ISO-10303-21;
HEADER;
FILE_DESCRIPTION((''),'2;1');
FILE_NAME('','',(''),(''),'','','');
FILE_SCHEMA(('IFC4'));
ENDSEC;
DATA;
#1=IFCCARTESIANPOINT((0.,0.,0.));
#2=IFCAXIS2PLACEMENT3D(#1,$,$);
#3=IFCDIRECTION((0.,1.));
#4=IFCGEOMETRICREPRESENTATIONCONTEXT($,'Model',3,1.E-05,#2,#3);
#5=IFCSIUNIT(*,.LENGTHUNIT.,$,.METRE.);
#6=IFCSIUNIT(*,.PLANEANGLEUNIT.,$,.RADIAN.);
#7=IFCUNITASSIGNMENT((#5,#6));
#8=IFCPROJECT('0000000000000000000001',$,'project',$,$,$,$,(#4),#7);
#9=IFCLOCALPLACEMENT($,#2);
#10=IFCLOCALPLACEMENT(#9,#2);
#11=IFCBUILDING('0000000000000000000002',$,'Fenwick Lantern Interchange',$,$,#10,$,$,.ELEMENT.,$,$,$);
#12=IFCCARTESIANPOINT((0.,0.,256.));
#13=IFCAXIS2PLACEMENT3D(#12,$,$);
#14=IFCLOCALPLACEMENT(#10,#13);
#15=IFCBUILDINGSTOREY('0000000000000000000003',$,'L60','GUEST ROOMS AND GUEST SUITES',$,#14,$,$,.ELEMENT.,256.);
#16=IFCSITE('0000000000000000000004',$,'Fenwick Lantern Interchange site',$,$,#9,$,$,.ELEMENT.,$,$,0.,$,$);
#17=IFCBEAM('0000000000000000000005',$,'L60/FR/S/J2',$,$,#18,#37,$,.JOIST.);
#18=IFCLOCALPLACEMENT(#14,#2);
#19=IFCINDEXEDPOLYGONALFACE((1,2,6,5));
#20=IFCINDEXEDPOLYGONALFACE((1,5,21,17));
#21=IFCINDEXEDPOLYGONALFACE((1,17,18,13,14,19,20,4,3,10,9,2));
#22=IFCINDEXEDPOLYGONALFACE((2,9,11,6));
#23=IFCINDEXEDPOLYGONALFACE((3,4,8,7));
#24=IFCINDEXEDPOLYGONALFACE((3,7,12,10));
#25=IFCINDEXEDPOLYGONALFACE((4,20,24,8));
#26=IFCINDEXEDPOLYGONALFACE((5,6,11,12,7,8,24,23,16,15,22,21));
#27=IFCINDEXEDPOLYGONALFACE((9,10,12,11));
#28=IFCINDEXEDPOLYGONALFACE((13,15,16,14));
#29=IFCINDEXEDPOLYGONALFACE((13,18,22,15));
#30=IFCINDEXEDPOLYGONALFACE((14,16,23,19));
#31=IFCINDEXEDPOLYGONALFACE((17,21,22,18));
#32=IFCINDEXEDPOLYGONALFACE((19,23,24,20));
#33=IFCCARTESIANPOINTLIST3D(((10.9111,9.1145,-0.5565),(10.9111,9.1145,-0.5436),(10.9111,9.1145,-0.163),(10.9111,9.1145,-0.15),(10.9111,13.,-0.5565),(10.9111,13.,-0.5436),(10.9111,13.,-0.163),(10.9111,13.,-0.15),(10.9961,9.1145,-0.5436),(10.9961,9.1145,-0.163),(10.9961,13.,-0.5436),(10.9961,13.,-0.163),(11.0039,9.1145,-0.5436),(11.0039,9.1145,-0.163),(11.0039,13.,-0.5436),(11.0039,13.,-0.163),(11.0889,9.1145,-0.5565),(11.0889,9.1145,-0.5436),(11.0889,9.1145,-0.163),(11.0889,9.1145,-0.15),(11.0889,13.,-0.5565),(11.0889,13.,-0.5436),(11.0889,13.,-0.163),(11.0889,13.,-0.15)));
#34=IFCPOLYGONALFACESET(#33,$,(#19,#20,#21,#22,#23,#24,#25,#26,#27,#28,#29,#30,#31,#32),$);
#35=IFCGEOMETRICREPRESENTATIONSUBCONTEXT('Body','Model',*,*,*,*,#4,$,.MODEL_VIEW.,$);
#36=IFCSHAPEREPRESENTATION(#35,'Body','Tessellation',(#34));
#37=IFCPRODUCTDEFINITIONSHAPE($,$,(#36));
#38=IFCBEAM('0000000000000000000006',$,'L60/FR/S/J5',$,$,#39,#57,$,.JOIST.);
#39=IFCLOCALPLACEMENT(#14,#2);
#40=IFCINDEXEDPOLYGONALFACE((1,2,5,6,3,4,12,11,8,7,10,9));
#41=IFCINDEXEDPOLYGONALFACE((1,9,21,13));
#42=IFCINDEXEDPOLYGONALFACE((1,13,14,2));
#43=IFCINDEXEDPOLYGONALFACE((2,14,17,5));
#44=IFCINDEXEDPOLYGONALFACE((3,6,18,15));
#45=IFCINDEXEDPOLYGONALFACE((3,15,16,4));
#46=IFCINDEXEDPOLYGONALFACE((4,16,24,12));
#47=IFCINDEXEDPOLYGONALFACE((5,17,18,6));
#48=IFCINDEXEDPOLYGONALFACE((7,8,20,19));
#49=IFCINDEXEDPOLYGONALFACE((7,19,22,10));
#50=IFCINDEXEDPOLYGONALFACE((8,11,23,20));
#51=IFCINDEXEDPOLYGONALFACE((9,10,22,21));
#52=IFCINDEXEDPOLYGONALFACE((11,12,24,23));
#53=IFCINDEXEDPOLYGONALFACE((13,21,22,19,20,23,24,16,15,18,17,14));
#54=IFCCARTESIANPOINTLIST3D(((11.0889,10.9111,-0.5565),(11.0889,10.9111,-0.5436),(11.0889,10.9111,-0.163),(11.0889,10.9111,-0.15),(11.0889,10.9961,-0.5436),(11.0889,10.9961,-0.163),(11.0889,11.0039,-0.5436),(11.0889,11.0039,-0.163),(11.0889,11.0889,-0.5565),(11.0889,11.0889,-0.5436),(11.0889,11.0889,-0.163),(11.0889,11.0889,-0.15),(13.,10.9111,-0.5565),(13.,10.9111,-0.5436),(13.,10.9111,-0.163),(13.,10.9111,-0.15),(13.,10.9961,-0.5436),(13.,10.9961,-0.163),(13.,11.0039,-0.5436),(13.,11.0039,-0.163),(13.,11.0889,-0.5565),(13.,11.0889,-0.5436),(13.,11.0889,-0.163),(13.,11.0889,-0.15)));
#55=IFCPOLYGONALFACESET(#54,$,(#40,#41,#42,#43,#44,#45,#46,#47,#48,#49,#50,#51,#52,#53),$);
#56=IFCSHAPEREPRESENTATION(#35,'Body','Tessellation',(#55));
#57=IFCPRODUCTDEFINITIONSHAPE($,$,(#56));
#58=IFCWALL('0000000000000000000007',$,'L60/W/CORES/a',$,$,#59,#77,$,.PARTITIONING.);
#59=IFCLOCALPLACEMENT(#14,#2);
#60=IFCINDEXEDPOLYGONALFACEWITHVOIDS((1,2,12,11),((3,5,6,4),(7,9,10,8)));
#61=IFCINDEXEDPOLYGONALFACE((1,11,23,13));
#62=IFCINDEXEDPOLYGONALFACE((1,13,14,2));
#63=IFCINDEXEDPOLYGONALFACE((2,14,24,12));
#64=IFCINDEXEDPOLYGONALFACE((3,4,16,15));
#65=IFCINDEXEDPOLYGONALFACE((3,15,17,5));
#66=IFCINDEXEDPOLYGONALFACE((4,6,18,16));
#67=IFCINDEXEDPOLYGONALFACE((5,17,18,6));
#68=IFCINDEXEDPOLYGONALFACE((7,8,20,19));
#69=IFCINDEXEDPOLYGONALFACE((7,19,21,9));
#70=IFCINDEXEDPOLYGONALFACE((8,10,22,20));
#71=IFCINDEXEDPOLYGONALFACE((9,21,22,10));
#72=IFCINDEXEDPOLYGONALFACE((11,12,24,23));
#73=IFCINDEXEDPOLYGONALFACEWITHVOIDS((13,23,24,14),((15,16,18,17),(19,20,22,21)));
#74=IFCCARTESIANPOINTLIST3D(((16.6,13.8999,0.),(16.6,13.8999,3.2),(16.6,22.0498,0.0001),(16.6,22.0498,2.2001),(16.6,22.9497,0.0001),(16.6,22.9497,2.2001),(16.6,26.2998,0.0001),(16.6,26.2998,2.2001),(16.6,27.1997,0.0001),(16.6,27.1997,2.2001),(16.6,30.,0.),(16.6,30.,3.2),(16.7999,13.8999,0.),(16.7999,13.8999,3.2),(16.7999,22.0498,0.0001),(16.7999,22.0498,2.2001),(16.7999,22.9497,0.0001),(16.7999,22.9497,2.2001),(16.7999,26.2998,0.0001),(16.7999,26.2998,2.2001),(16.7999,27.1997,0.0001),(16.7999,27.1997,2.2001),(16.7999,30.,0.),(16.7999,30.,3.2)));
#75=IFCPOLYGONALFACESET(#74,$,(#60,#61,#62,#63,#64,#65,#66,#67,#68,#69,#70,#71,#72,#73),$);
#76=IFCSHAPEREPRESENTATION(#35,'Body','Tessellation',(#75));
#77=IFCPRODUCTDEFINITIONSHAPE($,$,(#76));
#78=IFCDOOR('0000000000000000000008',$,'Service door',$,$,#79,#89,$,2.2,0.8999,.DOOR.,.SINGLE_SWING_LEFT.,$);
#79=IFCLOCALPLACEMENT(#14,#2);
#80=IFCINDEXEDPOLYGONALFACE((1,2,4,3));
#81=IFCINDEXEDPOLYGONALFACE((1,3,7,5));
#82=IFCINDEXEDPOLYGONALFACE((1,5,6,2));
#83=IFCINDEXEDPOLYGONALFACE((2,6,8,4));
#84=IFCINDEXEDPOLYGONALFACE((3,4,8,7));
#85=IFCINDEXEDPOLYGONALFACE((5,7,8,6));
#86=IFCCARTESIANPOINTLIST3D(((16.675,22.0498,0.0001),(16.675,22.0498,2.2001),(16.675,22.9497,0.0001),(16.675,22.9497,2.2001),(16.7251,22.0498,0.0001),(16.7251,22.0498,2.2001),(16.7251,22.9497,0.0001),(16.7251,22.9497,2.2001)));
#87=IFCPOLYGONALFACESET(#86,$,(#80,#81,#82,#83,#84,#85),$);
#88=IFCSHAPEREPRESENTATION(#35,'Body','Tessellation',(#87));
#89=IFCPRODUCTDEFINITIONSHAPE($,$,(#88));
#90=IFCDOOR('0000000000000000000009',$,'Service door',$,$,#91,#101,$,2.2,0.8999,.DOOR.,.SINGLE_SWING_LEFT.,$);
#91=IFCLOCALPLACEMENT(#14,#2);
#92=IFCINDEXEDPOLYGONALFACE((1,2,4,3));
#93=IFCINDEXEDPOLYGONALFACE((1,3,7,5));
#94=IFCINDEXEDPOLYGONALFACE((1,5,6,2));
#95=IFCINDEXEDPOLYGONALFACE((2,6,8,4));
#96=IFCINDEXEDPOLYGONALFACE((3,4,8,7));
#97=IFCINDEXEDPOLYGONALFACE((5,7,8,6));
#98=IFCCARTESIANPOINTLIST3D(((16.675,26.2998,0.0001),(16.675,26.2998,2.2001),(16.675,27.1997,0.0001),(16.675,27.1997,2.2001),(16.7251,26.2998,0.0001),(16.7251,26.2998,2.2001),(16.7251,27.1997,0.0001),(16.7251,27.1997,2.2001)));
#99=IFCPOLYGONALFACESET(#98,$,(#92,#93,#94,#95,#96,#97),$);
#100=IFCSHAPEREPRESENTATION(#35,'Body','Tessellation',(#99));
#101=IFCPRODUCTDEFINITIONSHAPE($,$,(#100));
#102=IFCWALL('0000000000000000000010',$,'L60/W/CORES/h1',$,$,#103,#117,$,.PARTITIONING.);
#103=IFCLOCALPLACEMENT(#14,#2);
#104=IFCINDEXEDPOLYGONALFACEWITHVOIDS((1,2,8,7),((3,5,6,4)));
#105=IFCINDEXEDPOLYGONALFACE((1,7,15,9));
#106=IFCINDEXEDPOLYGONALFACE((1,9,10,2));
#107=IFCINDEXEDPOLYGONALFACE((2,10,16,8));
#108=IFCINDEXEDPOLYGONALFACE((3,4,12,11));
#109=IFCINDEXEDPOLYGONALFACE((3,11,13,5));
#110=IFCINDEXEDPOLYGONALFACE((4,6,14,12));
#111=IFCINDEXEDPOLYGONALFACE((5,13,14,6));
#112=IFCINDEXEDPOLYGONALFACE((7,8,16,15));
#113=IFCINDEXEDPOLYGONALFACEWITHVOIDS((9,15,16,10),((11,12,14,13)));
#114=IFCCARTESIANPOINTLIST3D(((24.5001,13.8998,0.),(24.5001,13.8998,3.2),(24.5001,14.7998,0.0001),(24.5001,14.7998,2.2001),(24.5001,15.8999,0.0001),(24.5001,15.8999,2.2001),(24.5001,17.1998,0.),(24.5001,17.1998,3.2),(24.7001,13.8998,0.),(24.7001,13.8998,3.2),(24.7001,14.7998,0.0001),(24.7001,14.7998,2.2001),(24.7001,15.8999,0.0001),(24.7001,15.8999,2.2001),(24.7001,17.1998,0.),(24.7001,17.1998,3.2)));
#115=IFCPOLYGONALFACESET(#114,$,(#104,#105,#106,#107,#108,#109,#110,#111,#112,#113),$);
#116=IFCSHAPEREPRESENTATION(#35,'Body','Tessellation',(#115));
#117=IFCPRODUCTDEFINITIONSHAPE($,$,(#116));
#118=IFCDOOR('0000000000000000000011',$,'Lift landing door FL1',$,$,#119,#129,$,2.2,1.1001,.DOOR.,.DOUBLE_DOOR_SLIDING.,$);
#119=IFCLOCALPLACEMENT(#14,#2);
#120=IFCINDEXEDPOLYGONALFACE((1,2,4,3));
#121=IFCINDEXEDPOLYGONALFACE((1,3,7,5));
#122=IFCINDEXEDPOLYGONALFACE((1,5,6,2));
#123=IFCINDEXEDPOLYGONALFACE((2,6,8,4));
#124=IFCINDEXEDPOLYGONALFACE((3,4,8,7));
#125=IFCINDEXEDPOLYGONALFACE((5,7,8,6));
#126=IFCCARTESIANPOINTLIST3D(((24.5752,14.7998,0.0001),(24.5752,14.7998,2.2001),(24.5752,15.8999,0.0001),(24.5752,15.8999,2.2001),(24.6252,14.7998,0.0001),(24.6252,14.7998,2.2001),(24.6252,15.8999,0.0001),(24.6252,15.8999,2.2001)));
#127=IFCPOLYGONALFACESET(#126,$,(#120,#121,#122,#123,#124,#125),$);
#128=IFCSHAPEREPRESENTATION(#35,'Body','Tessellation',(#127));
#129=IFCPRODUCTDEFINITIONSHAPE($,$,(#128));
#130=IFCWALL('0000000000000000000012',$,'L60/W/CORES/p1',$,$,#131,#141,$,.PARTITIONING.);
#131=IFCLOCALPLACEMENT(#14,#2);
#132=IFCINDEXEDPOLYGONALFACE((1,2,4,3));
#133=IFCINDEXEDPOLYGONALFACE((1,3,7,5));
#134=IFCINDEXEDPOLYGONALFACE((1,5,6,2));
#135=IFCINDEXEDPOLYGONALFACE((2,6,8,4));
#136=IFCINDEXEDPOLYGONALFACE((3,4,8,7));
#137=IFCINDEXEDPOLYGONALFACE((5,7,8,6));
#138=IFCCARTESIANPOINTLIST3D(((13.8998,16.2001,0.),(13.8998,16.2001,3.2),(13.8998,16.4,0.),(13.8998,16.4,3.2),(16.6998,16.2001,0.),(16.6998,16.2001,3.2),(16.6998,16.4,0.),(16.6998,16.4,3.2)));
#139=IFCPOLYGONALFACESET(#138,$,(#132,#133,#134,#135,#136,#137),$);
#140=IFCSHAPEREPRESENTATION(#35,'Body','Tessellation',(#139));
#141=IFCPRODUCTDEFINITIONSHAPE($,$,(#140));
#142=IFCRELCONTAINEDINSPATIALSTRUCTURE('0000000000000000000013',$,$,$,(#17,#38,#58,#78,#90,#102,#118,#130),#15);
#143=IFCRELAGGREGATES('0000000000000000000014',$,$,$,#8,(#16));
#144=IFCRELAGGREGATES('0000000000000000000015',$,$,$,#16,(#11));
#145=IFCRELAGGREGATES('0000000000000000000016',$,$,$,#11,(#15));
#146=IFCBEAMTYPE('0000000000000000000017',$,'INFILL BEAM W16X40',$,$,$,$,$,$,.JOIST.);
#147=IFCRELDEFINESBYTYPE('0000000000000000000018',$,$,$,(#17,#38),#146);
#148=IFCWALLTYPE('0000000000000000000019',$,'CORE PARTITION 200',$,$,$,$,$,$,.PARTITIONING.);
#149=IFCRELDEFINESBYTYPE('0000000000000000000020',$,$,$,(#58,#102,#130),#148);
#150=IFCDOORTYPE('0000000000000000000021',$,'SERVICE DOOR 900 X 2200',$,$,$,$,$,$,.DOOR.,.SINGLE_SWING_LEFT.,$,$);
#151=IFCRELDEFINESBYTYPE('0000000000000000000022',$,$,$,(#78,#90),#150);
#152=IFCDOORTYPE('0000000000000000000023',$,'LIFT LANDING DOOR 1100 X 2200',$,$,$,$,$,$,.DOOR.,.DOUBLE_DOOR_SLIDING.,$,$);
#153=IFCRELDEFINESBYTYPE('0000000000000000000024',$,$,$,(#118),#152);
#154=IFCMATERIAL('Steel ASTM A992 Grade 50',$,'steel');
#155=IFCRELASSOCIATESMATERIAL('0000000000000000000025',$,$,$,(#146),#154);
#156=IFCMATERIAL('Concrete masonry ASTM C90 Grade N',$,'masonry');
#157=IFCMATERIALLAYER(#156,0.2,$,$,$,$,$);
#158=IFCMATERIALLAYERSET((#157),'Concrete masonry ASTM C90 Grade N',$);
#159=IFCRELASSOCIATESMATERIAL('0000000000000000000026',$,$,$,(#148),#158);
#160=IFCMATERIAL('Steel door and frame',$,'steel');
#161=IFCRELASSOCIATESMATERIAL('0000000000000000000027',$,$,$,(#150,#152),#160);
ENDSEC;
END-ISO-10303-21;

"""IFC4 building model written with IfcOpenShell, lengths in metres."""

from ifc_helpers import new_model, si_unit, direction, frame, frame_2d, origin, origin_2d, place, context, subcontext, project, spatial, rectangle, i_section, extrude, material, layer, layer_set, material_profile, profile_set, type_object, element, fill, save


model = new_model("IFC4")

# Units and contexts
model_context = context("Model", 3, precision=1e-05, world=origin(), true_north=direction((0.0, 1.0)))
body_context = subcontext(model_context, "Body", "Model", "MODEL_VIEW")
ifc_project = project(units=[si_unit("LENGTHUNIT", "METRE"), si_unit("PLANEANGLEUNIT", "RADIAN")], contexts=[model_context])

# Site, building, storey
site_placement = place(None, origin())
site = spatial("IfcSite", under=ifc_project, at=site_placement, Name="Fenwick Lantern Interchange site", CompositionType="ELEMENT", RefElevation=0.0)
building_placement = place(site_placement, origin())
building = spatial("IfcBuilding", under=site, at=building_placement, Name="Fenwick Lantern Interchange", CompositionType="ELEMENT")
storey_placement = place(building_placement, frame((0.0, 0.0, 256.0)))
storey = spatial("IfcBuildingStorey", under=building, at=storey_placement, Name="L60", Description="GUEST ROOMS AND GUEST SUITES", CompositionType="ELEMENT", Elevation=256.0)

# Beams
ifc_material_1 = material(Name="Steel ASTM A992 Grade 50", Category="steel")
ifc_material_profile = material_profile(ifc_material_1, i_section(OverallWidth=0.1777, OverallDepth=0.4065, WebThickness=0.0078, FlangeThickness=0.0129, at=origin_2d()), Name="W16X40")
ifc_profile_set = profile_set([ifc_material_profile], Name="Steel ASTM A992 Grade 50")
beam_type = type_object("IfcBeamType", Name="INFILL BEAM W16X40", PredefinedType="JOIST", material=ifc_profile_set)
beam_1_placement = place(storey_placement, frame((11.0, 9.1145, -0.3533), z_axis=(0.0, 1.0, 0.0), x_axis=(-1.0, 0.0, 0.0)))
element("IfcBeam", 1, at=beam_1_placement, inside=storey, type_object=beam_type, Name="L60/FR/S/J2", PredefinedType="JOIST", context=body_context, shape_type="SweptSolid", body=[
    extrude(i_section(OverallWidth=0.1777, OverallDepth=0.4065, WebThickness=0.0078, FlangeThickness=0.0129, at=origin_2d()), origin(), (0.0, 0.0, 1.0), 3.8855),
])
beam_2_placement = place(storey_placement, frame((11.0889, 11.0, -0.3533), z_axis=(1.0, 0.0, 0.0), x_axis=(0.0, 1.0, 0.0)))
element("IfcBeam", 2, at=beam_2_placement, inside=storey, type_object=beam_type, Name="L60/FR/S/J5", PredefinedType="JOIST", context=body_context, shape_type="SweptSolid", body=[
    extrude(i_section(OverallWidth=0.1777, OverallDepth=0.4065, WebThickness=0.0078, FlangeThickness=0.0129, at=origin_2d()), origin(), (0.0, 0.0, 1.0), 1.9111),
])

# Wall, openings, doors
ifc_material_2 = material(Name="Concrete masonry ASTM C90 Grade N", Category="masonry")
ifc_layer_1 = layer(ifc_material_2, 0.2)
ifc_layer_set_1 = layer_set([ifc_layer_1], Name="Concrete masonry ASTM C90 Grade N")
wall_type_1 = type_object("IfcWallType", Name="CORE PARTITION 200", PredefinedType="PARTITIONING", material=ifc_layer_set_1)
wall_1_placement = place(storey_placement, frame((16.7, 13.8999, 0.0), z_axis=(0.0, 0.0, 1.0), x_axis=(0.0, 1.0, 0.0)))
wall_1 = element("IfcWall", 3, at=wall_1_placement, inside=storey, type_object=wall_type_1, Name="L60/W/CORES/a", PredefinedType="PARTITIONING", context=body_context, shape_type="SweptSolid", body=[
    extrude(rectangle(XDim=16.1001, YDim=0.2, at=frame_2d((8.05, 0.0))), origin(), (0.0, 0.0, 1.0), 3.2),
])
opening_1_placement = place(wall_1_placement, frame((8.1499, 0.0, 0.0)))
opening_1 = element("IfcOpeningElement", 4, at=opening_1_placement, cuts=wall_1, PredefinedType="OPENING", context=body_context, shape_type="SweptSolid", body=[
    extrude(rectangle(XDim=0.8999, YDim=2.2, at=frame_2d((0.45, 1.1001))), frame((0.0, 0.1099, 0.0), z_axis=(0.0, -1.0, 0.0), x_axis=(1.0, 0.0, 0.0)), (0.0, 0.0, 1.0), 0.22),
])
opening_2_placement = place(wall_1_placement, frame((12.3999, 0.0, 0.0)))
opening_2 = element("IfcOpeningElement", 5, at=opening_2_placement, cuts=wall_1, PredefinedType="OPENING", context=body_context, shape_type="SweptSolid", body=[
    extrude(rectangle(XDim=0.8999, YDim=2.2, at=frame_2d((0.45, 1.1001))), frame((0.0, 0.1099, 0.0), z_axis=(0.0, -1.0, 0.0), x_axis=(1.0, 0.0, 0.0)), (0.0, 0.0, 1.0), 0.22),
])
ifc_material_3 = material(Name="Steel door and frame", Category="steel")
door_type_1 = type_object("IfcDoorType", Name="SERVICE DOOR 900 X 2200", OperationType="SINGLE_SWING_LEFT", PredefinedType="DOOR", material=ifc_material_3)
door_1_placement = place(opening_1_placement, origin())
door_1 = element("IfcDoor", 6, at=door_1_placement, inside=storey, type_object=door_type_1, Name="Service door", OperationType="SINGLE_SWING_LEFT", OverallHeight=2.2, OverallWidth=0.8999, PredefinedType="DOOR", context=body_context, shape_type="SweptSolid", body=[
    extrude(rectangle(XDim=0.8999, YDim=2.2, at=frame_2d((0.45, 1.1001))), frame((0.0, 0.0249, 0.0), z_axis=(0.0, -1.0, 0.0), x_axis=(1.0, 0.0, 0.0)), (0.0, 0.0, 1.0), 0.05),
])
fill(opening_1, door_1)
door_2_placement = place(opening_2_placement, origin())
door_2 = element("IfcDoor", 7, at=door_2_placement, inside=storey, type_object=door_type_1, Name="Service door", OperationType="SINGLE_SWING_LEFT", OverallHeight=2.2, OverallWidth=0.8999, PredefinedType="DOOR", context=body_context, shape_type="SweptSolid", body=[
    extrude(rectangle(XDim=0.8999, YDim=2.2, at=frame_2d((0.45, 1.1001))), frame((0.0, 0.0249, 0.0), z_axis=(0.0, -1.0, 0.0), x_axis=(1.0, 0.0, 0.0)), (0.0, 0.0, 1.0), 0.05),
])
fill(opening_2, door_2)

# Wall, opening, door
wall_2_placement = place(storey_placement, frame((24.6001, 13.8999, 0.0), z_axis=(0.0, 0.0, 1.0), x_axis=(0.0, 1.0, 0.0)))
wall_2 = element("IfcWall", 8, at=wall_2_placement, inside=storey, type_object=wall_type_1, Name="L60/W/CORES/h1", PredefinedType="PARTITIONING", context=body_context, shape_type="SweptSolid", body=[
    extrude(rectangle(XDim=3.3, YDim=0.2, at=frame_2d((1.6499, 0.0))), origin(), (0.0, 0.0, 1.0), 3.2),
])
opening_3_placement = place(wall_2_placement, frame((0.8999, 0.0, 0.0)))
opening_3 = element("IfcOpeningElement", 9, at=opening_3_placement, cuts=wall_2, PredefinedType="OPENING", context=body_context, shape_type="SweptSolid", body=[
    extrude(rectangle(XDim=1.1001, YDim=2.2, at=frame_2d((0.55, 1.1001))), frame((0.0, 0.1099, 0.0), z_axis=(0.0, -1.0, 0.0), x_axis=(1.0, 0.0, 0.0)), (0.0, 0.0, 1.0), 0.22),
])
door_type_2 = type_object("IfcDoorType", Name="LIFT LANDING DOOR 1100 X 2200", OperationType="DOUBLE_DOOR_SLIDING", PredefinedType="DOOR", material=ifc_material_3)
door_3_placement = place(opening_3_placement, origin())
door_3 = element("IfcDoor", 10, at=door_3_placement, inside=storey, type_object=door_type_2, Name="Lift landing door FL1", OperationType="DOUBLE_DOOR_SLIDING", OverallHeight=2.2, OverallWidth=1.1001, PredefinedType="DOOR", context=body_context, shape_type="SweptSolid", body=[
    extrude(rectangle(XDim=1.1001, YDim=2.2, at=frame_2d((0.55, 1.1001))), frame((0.0, 0.0249, 0.0), z_axis=(0.0, -1.0, 0.0), x_axis=(1.0, 0.0, 0.0)), (0.0, 0.0, 1.0), 0.05),
])
fill(opening_3, door_3)

# Wall
wall_3_placement = place(storey_placement, frame((13.8999, 16.3, 0.0), z_axis=(0.0, 0.0, 1.0), x_axis=(1.0, 0.0, 0.0)))
element("IfcWall", 11, at=wall_3_placement, inside=storey, type_object=wall_type_1, Name="L60/W/CORES/p1", PredefinedType="PARTITIONING", context=body_context, shape_type="SweptSolid", body=[
    extrude(rectangle(XDim=2.8, YDim=0.2, at=frame_2d((1.3999, 0.0))), origin(), (0.0, 0.0, 1.0), 3.2),
])

save(model, "model.ifc")
